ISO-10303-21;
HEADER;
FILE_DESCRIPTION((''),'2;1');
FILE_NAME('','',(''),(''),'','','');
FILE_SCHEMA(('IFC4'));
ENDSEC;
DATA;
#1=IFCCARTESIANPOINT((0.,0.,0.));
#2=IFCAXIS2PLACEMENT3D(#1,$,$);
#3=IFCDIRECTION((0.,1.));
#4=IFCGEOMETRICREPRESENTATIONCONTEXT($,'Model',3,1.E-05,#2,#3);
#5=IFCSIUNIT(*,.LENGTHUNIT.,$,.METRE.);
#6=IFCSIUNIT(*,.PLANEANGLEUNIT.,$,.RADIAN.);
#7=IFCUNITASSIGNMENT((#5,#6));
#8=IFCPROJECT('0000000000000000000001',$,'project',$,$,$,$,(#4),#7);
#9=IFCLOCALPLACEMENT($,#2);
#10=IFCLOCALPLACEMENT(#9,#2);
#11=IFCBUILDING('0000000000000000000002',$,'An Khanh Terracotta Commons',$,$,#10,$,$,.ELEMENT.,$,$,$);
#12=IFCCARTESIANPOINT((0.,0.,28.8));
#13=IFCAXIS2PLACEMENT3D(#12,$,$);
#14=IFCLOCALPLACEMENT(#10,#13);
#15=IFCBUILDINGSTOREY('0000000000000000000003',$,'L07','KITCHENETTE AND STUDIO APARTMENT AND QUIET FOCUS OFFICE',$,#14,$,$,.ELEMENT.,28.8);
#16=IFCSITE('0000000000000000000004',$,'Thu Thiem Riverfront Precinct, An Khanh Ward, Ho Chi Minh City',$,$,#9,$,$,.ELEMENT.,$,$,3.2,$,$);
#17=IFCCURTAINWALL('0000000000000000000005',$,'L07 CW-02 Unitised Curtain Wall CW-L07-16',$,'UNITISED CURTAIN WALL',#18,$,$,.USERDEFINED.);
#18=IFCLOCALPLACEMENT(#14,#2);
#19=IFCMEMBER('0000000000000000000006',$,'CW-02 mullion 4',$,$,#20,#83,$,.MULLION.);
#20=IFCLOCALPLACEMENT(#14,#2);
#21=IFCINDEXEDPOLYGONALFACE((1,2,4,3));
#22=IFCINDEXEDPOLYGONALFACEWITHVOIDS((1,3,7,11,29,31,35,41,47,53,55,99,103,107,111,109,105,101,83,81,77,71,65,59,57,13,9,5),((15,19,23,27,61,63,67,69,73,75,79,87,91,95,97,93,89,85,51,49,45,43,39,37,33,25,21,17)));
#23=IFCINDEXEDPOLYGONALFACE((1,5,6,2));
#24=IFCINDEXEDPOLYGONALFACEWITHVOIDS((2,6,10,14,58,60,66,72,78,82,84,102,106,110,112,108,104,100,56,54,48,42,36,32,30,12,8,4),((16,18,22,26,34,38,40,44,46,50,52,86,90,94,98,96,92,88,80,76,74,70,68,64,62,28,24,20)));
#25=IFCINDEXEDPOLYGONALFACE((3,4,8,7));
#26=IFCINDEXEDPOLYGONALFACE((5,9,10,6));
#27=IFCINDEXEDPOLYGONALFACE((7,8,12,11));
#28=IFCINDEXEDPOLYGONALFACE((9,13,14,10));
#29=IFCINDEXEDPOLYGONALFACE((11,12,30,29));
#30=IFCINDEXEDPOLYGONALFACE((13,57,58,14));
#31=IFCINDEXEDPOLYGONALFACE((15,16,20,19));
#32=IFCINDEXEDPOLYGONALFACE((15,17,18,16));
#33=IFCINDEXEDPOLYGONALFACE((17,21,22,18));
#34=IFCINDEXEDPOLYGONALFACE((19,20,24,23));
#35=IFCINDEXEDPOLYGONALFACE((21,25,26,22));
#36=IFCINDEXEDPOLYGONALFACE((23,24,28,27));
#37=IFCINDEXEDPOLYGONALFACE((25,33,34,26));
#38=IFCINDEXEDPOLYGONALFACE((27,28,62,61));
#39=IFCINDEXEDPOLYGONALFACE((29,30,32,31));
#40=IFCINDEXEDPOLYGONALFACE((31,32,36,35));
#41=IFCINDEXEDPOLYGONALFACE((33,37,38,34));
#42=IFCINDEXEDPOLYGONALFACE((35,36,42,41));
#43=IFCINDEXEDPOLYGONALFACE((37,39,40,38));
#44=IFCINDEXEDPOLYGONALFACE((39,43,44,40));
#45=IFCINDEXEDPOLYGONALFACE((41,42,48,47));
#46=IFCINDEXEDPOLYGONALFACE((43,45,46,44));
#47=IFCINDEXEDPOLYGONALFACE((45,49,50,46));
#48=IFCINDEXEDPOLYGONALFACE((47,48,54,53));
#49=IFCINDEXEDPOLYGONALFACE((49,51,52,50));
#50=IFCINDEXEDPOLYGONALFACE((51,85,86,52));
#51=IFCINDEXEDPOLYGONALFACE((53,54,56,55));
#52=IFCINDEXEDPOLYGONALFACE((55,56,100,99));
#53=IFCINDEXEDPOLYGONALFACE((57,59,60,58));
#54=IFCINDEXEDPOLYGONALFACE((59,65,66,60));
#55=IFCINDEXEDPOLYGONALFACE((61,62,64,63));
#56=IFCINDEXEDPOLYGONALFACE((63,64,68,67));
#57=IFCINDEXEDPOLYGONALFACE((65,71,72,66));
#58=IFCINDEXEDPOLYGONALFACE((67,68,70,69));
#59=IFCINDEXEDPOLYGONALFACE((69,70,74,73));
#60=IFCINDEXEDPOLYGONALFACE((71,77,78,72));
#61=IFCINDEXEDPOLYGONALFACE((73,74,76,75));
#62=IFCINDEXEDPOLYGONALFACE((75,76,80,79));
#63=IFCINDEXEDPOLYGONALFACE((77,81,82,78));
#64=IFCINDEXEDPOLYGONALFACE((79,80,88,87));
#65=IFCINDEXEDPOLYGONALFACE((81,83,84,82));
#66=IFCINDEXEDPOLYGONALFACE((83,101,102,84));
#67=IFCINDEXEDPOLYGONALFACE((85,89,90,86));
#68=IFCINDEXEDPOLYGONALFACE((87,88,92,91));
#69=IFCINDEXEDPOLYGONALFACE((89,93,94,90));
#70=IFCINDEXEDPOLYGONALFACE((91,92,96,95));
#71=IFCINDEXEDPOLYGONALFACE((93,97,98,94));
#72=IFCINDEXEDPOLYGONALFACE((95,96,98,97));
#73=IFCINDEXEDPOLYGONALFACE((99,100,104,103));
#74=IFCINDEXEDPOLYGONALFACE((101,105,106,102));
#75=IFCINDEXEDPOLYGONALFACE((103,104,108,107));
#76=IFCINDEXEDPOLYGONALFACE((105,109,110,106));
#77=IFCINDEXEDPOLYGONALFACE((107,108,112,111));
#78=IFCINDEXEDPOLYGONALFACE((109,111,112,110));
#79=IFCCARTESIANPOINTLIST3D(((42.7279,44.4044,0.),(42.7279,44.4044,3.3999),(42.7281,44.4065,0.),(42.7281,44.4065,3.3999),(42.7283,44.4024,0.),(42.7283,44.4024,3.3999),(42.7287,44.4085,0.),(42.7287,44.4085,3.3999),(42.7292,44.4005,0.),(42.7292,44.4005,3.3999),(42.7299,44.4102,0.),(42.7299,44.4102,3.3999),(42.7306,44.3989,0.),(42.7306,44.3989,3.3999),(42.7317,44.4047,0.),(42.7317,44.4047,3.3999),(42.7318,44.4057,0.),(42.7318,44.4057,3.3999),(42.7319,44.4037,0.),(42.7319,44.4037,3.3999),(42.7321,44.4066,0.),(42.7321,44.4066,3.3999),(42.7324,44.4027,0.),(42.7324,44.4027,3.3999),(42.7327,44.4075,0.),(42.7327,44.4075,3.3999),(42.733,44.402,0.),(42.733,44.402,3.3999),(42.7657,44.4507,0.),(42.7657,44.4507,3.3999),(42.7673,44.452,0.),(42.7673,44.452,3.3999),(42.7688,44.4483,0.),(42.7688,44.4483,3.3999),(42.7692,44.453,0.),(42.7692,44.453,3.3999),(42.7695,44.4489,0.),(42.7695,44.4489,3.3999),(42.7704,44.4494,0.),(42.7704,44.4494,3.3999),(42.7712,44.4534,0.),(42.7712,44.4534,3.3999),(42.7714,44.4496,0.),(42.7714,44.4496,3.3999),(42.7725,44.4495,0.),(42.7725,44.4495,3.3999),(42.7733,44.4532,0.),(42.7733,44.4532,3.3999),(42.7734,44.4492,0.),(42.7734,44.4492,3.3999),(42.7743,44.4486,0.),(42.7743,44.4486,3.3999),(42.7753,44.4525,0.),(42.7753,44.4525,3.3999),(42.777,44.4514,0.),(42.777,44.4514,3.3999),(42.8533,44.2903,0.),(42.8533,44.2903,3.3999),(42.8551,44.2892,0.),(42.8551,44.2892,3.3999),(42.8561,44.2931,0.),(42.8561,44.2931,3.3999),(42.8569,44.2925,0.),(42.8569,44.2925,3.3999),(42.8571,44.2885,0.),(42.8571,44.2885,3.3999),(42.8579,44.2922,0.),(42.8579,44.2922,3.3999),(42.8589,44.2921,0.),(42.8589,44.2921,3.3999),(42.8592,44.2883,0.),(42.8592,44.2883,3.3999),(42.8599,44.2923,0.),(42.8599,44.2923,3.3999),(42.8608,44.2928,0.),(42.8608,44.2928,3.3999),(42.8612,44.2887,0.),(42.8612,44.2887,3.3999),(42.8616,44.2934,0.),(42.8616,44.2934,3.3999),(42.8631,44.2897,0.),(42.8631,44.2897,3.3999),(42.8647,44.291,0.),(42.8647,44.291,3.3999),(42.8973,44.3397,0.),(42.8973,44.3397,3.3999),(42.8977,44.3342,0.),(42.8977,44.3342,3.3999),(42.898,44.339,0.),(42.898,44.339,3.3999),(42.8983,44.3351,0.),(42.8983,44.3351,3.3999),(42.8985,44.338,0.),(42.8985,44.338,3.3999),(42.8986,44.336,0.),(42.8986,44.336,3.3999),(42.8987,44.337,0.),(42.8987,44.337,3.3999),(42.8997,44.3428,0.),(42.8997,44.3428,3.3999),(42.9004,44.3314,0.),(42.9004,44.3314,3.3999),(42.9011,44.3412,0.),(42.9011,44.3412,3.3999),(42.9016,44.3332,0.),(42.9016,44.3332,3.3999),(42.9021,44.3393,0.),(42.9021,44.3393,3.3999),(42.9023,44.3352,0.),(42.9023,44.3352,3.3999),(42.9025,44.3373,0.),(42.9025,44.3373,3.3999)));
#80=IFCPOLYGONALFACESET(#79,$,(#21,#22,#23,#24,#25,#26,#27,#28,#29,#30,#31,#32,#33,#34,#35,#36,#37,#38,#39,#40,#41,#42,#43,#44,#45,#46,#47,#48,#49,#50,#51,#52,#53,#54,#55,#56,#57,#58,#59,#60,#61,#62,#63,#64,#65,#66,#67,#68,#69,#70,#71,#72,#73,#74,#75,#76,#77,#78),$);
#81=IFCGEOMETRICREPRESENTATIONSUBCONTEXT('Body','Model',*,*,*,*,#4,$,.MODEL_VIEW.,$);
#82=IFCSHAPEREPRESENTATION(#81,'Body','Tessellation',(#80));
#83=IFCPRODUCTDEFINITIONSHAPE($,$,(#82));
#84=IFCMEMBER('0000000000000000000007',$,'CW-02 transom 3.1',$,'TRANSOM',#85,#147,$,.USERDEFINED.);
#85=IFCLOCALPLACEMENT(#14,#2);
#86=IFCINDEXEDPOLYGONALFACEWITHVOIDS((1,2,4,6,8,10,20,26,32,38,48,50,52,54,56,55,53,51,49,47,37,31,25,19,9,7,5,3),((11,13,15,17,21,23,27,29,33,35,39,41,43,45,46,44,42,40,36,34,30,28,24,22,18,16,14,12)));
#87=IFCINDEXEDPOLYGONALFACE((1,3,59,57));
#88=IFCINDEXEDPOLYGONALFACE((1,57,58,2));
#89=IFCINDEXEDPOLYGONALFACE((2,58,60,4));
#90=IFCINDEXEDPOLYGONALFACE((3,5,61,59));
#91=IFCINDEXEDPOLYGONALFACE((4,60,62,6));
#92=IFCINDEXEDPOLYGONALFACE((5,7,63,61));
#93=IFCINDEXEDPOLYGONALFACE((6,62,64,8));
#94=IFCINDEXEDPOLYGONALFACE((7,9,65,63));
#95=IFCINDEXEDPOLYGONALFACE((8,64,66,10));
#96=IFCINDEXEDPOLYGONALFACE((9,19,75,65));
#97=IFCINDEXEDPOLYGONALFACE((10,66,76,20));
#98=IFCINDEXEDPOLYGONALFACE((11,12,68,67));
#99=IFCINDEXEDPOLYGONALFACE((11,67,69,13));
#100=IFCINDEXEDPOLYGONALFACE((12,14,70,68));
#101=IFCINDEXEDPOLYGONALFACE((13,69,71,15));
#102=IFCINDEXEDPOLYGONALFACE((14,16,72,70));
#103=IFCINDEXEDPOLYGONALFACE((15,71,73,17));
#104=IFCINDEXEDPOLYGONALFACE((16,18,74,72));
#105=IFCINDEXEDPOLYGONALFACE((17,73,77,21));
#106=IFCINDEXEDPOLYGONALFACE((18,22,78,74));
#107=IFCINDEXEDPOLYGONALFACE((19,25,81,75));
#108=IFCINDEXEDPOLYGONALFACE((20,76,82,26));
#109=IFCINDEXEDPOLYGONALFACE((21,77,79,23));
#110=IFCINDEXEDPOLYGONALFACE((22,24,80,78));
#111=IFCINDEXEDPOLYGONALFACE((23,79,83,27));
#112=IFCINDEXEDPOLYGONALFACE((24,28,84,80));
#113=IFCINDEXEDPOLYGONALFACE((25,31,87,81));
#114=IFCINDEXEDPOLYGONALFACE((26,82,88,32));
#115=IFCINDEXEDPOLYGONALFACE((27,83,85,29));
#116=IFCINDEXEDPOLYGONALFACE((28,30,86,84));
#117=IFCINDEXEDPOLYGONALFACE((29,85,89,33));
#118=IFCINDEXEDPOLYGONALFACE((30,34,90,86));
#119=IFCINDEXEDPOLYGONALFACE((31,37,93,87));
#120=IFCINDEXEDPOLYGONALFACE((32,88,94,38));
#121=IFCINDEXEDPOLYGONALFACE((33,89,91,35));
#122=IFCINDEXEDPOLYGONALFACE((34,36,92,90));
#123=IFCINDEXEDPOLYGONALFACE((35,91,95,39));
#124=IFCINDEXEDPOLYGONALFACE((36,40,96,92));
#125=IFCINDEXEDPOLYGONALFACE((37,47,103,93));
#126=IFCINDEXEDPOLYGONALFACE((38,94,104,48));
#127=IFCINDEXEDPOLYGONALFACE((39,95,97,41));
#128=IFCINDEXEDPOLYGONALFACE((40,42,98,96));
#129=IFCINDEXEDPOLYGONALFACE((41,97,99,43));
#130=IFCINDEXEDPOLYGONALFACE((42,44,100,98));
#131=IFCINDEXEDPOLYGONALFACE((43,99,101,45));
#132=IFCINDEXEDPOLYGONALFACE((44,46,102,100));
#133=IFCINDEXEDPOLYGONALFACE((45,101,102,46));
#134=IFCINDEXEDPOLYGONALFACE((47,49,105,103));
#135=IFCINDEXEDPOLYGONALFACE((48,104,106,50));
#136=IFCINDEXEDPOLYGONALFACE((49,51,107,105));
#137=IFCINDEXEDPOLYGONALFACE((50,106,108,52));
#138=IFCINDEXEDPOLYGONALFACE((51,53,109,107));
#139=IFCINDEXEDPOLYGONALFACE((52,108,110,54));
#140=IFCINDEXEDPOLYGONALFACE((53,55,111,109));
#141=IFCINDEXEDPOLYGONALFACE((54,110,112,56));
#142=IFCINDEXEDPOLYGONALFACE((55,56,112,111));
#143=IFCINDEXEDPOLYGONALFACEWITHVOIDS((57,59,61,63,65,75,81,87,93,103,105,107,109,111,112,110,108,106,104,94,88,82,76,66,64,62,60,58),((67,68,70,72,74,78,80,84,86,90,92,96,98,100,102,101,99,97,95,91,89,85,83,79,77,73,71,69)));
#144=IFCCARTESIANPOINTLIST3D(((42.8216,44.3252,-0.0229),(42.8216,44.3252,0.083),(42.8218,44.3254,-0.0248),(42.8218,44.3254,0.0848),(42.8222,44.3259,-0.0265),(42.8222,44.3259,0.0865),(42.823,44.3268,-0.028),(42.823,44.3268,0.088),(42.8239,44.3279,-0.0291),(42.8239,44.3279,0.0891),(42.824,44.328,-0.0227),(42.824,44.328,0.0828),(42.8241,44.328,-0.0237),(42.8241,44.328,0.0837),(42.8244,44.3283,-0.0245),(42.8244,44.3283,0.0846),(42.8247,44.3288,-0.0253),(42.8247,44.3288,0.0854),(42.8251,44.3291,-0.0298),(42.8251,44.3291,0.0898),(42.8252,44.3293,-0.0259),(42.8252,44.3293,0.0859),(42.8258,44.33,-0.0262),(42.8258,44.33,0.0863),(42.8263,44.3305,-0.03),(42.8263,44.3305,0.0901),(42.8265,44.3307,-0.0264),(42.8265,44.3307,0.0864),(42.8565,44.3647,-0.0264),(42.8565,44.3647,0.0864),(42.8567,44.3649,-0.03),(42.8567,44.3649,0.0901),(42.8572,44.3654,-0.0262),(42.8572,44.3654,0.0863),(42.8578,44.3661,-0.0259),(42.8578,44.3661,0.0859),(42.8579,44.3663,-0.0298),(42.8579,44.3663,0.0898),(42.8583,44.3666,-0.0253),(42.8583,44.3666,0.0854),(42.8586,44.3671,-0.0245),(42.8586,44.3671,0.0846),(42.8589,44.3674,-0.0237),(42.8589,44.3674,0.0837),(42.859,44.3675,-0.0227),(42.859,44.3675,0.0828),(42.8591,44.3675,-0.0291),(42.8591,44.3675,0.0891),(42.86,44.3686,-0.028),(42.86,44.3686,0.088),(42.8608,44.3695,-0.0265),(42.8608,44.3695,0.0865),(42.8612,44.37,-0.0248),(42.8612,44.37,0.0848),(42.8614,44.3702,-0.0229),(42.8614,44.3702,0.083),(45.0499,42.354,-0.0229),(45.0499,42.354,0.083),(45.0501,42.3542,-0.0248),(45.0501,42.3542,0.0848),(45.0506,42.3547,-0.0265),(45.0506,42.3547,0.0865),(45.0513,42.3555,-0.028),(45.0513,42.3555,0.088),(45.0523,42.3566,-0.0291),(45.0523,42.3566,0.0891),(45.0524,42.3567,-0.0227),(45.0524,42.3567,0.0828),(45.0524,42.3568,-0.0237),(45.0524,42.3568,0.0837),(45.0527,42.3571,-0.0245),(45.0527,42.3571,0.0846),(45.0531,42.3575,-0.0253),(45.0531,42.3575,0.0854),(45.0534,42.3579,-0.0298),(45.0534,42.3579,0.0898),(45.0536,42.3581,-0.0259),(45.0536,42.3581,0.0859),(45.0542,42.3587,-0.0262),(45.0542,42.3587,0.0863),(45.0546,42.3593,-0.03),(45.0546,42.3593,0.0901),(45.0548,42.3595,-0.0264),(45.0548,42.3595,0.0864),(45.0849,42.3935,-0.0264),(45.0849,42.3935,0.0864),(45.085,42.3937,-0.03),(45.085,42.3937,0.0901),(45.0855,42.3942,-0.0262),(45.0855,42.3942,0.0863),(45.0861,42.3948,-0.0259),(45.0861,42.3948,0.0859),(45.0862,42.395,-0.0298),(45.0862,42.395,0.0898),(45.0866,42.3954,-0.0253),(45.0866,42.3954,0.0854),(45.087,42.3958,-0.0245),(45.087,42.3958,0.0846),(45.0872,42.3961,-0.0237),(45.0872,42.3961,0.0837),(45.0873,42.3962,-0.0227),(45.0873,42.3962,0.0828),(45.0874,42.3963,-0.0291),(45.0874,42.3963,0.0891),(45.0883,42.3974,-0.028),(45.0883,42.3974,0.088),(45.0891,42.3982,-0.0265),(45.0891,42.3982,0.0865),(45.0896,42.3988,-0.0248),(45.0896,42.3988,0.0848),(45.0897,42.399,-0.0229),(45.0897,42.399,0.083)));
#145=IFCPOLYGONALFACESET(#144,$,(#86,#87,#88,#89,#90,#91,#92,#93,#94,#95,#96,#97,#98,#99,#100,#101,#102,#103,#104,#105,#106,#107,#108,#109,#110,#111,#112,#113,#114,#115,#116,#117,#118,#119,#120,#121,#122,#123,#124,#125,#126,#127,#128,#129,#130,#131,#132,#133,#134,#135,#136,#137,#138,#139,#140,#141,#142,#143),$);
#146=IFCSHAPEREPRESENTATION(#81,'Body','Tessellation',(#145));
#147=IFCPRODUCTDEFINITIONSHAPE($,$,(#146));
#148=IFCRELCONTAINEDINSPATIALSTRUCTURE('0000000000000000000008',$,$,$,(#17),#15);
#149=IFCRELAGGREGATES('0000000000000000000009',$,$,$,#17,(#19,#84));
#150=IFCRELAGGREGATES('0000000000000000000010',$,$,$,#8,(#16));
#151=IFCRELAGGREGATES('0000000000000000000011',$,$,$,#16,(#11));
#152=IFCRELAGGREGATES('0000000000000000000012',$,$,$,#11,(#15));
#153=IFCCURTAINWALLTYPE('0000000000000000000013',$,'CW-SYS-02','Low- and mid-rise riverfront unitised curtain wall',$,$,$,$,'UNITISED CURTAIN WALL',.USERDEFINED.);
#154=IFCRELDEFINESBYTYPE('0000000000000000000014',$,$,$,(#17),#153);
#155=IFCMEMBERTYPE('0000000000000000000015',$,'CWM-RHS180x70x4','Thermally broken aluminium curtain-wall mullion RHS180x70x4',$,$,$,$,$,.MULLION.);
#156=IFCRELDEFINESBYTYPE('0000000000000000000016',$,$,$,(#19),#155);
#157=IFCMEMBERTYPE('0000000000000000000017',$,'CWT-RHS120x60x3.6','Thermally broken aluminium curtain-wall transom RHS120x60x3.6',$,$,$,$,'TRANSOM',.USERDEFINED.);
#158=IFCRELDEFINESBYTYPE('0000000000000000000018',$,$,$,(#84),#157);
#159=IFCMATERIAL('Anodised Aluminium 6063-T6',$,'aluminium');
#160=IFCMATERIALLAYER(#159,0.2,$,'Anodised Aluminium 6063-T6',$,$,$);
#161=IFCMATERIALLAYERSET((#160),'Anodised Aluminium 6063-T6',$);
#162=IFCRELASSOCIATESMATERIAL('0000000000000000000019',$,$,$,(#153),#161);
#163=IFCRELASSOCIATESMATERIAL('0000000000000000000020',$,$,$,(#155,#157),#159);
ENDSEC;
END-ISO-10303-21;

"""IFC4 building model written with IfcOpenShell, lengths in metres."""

from ifc_helpers import new_model, si_unit, direction, frame, origin, origin_2d, place, context, subcontext, project, spatial, hollow_rectangle, extrude, material, layer, layer_set, material_profile, profile_set, type_object, element, aggregate, save


model = new_model("IFC4")

# Units and contexts
model_context = context("Model", 3, precision=1e-05, world=origin(), true_north=direction((0.0, 1.0)))
body_context = subcontext(model_context, "Body", "Model", "MODEL_VIEW")
ifc_project = project(units=[si_unit("LENGTHUNIT", "METRE"), si_unit("PLANEANGLEUNIT", "RADIAN")], contexts=[model_context])

# Site, building, storey
site_placement = place(None, origin())
site = spatial("IfcSite", under=ifc_project, at=site_placement, Name="Thu Thiem Riverfront Precinct, An Khanh Ward, Ho Chi Minh City", CompositionType="ELEMENT", RefElevation=3.2)
building_placement = place(site_placement, origin())
building = spatial("IfcBuilding", under=site, at=building_placement, Name="An Khanh Terracotta Commons", CompositionType="ELEMENT")
storey_placement = place(building_placement, frame((0.0, 0.0, 28.8)))
storey = spatial("IfcBuildingStorey", under=building, at=storey_placement, Name="L07", Description="KITCHENETTE AND STUDIO APARTMENT AND QUIET FOCUS OFFICE", CompositionType="ELEMENT", Elevation=28.8)

# Curtain wall, members
ifc_material_1 = material(Name="Anodised Aluminium 6063-T6", Category="aluminium")
ifc_layer_1 = layer(ifc_material_1, 0.2, Name="Anodised Aluminium 6063-T6")
ifc_layer_set_1 = layer_set([ifc_layer_1], Name="Anodised Aluminium 6063-T6")
curtain_wall_type = type_object("IfcCurtainWallType", Name="CW-SYS-02", Description="Low- and mid-rise riverfront unitised curtain wall", ElementType="UNITISED CURTAIN WALL", PredefinedType="USERDEFINED", material=ifc_layer_set_1)
curtain_wall_placement = place(storey_placement, origin())
curtain_wall = element("IfcCurtainWall", 1, at=curtain_wall_placement, inside=storey, type_object=curtain_wall_type, Name="L07 CW-02 Unitised Curtain Wall CW-L07-16", ObjectType="UNITISED CURTAIN WALL", PredefinedType="USERDEFINED")
ifc_material_profile_1 = material_profile(ifc_material_1, hollow_rectangle(XDim=0.0701, YDim=0.1799, WallThickness=0.0039, InnerFilletRadius=0.0039, OuterFilletRadius=0.0081, at=origin_2d()), Name="RHS180x70x4")
ifc_profile_set_1 = profile_set([ifc_material_profile_1], Name="Anodised Aluminium 6063-T6")
member_type_1 = type_object("IfcMemberType", Name="CWM-RHS180x70x4", Description="Thermally broken aluminium curtain-wall mullion RHS180x70x4", PredefinedType="MULLION", material=ifc_profile_set_1)
member_1_placement = place(storey_placement, frame((42.8152, 44.3708, 0.0), z_axis=(0.0, 0.0, 1.0), x_axis=(-0.662548, -0.749019, 0.0)))
member_1 = element("IfcMember", 2, at=member_1_placement, type_object=member_type_1, Name="CW-02 mullion 4", PredefinedType="MULLION", context=body_context, shape_type="SweptSolid", body=[
    extrude(hollow_rectangle(XDim=0.0701, YDim=0.1799, WallThickness=0.0039, InnerFilletRadius=0.0039, OuterFilletRadius=0.0081, at=origin_2d()), origin(), (0.0, 0.0, 1.0), 3.3999),
])
ifc_material_profile_2 = material_profile(ifc_material_1, hollow_rectangle(XDim=0.0601, YDim=0.1201, WallThickness=0.0037, InnerFilletRadius=0.0037, OuterFilletRadius=0.0071, at=origin_2d()), Name="RHS120x60x3.6")
ifc_profile_set_2 = profile_set([ifc_material_profile_2], Name="Anodised Aluminium 6063-T6")
member_type_2 = type_object("IfcMemberType", Name="CWT-RHS120x60x3.6", Description="Thermally broken aluminium curtain-wall transom RHS120x60x3.6", ElementType="TRANSOM", PredefinedType="USERDEFINED", material=ifc_profile_set_2)
member_2_placement = place(storey_placement, frame((45.0698, 42.3765, 0.03), z_axis=(-0.748992, 0.662579, 0.0), x_axis=(-0.662579, -0.748992, 0.0)))
member_2 = element("IfcMember", 3, at=member_2_placement, type_object=member_type_2, Name="CW-02 transom 3.1", ObjectType="TRANSOM", PredefinedType="USERDEFINED", context=body_context, shape_type="SweptSolid", body=[
    extrude(hollow_rectangle(XDim=0.0601, YDim=0.1201, WallThickness=0.0037, InnerFilletRadius=0.0037, OuterFilletRadius=0.0071, at=origin_2d()), origin(), (0.0, 0.0, 1.0), 2.9751),
])
aggregate(curtain_wall, [member_1, member_2])

save(model, "model.ifc")
